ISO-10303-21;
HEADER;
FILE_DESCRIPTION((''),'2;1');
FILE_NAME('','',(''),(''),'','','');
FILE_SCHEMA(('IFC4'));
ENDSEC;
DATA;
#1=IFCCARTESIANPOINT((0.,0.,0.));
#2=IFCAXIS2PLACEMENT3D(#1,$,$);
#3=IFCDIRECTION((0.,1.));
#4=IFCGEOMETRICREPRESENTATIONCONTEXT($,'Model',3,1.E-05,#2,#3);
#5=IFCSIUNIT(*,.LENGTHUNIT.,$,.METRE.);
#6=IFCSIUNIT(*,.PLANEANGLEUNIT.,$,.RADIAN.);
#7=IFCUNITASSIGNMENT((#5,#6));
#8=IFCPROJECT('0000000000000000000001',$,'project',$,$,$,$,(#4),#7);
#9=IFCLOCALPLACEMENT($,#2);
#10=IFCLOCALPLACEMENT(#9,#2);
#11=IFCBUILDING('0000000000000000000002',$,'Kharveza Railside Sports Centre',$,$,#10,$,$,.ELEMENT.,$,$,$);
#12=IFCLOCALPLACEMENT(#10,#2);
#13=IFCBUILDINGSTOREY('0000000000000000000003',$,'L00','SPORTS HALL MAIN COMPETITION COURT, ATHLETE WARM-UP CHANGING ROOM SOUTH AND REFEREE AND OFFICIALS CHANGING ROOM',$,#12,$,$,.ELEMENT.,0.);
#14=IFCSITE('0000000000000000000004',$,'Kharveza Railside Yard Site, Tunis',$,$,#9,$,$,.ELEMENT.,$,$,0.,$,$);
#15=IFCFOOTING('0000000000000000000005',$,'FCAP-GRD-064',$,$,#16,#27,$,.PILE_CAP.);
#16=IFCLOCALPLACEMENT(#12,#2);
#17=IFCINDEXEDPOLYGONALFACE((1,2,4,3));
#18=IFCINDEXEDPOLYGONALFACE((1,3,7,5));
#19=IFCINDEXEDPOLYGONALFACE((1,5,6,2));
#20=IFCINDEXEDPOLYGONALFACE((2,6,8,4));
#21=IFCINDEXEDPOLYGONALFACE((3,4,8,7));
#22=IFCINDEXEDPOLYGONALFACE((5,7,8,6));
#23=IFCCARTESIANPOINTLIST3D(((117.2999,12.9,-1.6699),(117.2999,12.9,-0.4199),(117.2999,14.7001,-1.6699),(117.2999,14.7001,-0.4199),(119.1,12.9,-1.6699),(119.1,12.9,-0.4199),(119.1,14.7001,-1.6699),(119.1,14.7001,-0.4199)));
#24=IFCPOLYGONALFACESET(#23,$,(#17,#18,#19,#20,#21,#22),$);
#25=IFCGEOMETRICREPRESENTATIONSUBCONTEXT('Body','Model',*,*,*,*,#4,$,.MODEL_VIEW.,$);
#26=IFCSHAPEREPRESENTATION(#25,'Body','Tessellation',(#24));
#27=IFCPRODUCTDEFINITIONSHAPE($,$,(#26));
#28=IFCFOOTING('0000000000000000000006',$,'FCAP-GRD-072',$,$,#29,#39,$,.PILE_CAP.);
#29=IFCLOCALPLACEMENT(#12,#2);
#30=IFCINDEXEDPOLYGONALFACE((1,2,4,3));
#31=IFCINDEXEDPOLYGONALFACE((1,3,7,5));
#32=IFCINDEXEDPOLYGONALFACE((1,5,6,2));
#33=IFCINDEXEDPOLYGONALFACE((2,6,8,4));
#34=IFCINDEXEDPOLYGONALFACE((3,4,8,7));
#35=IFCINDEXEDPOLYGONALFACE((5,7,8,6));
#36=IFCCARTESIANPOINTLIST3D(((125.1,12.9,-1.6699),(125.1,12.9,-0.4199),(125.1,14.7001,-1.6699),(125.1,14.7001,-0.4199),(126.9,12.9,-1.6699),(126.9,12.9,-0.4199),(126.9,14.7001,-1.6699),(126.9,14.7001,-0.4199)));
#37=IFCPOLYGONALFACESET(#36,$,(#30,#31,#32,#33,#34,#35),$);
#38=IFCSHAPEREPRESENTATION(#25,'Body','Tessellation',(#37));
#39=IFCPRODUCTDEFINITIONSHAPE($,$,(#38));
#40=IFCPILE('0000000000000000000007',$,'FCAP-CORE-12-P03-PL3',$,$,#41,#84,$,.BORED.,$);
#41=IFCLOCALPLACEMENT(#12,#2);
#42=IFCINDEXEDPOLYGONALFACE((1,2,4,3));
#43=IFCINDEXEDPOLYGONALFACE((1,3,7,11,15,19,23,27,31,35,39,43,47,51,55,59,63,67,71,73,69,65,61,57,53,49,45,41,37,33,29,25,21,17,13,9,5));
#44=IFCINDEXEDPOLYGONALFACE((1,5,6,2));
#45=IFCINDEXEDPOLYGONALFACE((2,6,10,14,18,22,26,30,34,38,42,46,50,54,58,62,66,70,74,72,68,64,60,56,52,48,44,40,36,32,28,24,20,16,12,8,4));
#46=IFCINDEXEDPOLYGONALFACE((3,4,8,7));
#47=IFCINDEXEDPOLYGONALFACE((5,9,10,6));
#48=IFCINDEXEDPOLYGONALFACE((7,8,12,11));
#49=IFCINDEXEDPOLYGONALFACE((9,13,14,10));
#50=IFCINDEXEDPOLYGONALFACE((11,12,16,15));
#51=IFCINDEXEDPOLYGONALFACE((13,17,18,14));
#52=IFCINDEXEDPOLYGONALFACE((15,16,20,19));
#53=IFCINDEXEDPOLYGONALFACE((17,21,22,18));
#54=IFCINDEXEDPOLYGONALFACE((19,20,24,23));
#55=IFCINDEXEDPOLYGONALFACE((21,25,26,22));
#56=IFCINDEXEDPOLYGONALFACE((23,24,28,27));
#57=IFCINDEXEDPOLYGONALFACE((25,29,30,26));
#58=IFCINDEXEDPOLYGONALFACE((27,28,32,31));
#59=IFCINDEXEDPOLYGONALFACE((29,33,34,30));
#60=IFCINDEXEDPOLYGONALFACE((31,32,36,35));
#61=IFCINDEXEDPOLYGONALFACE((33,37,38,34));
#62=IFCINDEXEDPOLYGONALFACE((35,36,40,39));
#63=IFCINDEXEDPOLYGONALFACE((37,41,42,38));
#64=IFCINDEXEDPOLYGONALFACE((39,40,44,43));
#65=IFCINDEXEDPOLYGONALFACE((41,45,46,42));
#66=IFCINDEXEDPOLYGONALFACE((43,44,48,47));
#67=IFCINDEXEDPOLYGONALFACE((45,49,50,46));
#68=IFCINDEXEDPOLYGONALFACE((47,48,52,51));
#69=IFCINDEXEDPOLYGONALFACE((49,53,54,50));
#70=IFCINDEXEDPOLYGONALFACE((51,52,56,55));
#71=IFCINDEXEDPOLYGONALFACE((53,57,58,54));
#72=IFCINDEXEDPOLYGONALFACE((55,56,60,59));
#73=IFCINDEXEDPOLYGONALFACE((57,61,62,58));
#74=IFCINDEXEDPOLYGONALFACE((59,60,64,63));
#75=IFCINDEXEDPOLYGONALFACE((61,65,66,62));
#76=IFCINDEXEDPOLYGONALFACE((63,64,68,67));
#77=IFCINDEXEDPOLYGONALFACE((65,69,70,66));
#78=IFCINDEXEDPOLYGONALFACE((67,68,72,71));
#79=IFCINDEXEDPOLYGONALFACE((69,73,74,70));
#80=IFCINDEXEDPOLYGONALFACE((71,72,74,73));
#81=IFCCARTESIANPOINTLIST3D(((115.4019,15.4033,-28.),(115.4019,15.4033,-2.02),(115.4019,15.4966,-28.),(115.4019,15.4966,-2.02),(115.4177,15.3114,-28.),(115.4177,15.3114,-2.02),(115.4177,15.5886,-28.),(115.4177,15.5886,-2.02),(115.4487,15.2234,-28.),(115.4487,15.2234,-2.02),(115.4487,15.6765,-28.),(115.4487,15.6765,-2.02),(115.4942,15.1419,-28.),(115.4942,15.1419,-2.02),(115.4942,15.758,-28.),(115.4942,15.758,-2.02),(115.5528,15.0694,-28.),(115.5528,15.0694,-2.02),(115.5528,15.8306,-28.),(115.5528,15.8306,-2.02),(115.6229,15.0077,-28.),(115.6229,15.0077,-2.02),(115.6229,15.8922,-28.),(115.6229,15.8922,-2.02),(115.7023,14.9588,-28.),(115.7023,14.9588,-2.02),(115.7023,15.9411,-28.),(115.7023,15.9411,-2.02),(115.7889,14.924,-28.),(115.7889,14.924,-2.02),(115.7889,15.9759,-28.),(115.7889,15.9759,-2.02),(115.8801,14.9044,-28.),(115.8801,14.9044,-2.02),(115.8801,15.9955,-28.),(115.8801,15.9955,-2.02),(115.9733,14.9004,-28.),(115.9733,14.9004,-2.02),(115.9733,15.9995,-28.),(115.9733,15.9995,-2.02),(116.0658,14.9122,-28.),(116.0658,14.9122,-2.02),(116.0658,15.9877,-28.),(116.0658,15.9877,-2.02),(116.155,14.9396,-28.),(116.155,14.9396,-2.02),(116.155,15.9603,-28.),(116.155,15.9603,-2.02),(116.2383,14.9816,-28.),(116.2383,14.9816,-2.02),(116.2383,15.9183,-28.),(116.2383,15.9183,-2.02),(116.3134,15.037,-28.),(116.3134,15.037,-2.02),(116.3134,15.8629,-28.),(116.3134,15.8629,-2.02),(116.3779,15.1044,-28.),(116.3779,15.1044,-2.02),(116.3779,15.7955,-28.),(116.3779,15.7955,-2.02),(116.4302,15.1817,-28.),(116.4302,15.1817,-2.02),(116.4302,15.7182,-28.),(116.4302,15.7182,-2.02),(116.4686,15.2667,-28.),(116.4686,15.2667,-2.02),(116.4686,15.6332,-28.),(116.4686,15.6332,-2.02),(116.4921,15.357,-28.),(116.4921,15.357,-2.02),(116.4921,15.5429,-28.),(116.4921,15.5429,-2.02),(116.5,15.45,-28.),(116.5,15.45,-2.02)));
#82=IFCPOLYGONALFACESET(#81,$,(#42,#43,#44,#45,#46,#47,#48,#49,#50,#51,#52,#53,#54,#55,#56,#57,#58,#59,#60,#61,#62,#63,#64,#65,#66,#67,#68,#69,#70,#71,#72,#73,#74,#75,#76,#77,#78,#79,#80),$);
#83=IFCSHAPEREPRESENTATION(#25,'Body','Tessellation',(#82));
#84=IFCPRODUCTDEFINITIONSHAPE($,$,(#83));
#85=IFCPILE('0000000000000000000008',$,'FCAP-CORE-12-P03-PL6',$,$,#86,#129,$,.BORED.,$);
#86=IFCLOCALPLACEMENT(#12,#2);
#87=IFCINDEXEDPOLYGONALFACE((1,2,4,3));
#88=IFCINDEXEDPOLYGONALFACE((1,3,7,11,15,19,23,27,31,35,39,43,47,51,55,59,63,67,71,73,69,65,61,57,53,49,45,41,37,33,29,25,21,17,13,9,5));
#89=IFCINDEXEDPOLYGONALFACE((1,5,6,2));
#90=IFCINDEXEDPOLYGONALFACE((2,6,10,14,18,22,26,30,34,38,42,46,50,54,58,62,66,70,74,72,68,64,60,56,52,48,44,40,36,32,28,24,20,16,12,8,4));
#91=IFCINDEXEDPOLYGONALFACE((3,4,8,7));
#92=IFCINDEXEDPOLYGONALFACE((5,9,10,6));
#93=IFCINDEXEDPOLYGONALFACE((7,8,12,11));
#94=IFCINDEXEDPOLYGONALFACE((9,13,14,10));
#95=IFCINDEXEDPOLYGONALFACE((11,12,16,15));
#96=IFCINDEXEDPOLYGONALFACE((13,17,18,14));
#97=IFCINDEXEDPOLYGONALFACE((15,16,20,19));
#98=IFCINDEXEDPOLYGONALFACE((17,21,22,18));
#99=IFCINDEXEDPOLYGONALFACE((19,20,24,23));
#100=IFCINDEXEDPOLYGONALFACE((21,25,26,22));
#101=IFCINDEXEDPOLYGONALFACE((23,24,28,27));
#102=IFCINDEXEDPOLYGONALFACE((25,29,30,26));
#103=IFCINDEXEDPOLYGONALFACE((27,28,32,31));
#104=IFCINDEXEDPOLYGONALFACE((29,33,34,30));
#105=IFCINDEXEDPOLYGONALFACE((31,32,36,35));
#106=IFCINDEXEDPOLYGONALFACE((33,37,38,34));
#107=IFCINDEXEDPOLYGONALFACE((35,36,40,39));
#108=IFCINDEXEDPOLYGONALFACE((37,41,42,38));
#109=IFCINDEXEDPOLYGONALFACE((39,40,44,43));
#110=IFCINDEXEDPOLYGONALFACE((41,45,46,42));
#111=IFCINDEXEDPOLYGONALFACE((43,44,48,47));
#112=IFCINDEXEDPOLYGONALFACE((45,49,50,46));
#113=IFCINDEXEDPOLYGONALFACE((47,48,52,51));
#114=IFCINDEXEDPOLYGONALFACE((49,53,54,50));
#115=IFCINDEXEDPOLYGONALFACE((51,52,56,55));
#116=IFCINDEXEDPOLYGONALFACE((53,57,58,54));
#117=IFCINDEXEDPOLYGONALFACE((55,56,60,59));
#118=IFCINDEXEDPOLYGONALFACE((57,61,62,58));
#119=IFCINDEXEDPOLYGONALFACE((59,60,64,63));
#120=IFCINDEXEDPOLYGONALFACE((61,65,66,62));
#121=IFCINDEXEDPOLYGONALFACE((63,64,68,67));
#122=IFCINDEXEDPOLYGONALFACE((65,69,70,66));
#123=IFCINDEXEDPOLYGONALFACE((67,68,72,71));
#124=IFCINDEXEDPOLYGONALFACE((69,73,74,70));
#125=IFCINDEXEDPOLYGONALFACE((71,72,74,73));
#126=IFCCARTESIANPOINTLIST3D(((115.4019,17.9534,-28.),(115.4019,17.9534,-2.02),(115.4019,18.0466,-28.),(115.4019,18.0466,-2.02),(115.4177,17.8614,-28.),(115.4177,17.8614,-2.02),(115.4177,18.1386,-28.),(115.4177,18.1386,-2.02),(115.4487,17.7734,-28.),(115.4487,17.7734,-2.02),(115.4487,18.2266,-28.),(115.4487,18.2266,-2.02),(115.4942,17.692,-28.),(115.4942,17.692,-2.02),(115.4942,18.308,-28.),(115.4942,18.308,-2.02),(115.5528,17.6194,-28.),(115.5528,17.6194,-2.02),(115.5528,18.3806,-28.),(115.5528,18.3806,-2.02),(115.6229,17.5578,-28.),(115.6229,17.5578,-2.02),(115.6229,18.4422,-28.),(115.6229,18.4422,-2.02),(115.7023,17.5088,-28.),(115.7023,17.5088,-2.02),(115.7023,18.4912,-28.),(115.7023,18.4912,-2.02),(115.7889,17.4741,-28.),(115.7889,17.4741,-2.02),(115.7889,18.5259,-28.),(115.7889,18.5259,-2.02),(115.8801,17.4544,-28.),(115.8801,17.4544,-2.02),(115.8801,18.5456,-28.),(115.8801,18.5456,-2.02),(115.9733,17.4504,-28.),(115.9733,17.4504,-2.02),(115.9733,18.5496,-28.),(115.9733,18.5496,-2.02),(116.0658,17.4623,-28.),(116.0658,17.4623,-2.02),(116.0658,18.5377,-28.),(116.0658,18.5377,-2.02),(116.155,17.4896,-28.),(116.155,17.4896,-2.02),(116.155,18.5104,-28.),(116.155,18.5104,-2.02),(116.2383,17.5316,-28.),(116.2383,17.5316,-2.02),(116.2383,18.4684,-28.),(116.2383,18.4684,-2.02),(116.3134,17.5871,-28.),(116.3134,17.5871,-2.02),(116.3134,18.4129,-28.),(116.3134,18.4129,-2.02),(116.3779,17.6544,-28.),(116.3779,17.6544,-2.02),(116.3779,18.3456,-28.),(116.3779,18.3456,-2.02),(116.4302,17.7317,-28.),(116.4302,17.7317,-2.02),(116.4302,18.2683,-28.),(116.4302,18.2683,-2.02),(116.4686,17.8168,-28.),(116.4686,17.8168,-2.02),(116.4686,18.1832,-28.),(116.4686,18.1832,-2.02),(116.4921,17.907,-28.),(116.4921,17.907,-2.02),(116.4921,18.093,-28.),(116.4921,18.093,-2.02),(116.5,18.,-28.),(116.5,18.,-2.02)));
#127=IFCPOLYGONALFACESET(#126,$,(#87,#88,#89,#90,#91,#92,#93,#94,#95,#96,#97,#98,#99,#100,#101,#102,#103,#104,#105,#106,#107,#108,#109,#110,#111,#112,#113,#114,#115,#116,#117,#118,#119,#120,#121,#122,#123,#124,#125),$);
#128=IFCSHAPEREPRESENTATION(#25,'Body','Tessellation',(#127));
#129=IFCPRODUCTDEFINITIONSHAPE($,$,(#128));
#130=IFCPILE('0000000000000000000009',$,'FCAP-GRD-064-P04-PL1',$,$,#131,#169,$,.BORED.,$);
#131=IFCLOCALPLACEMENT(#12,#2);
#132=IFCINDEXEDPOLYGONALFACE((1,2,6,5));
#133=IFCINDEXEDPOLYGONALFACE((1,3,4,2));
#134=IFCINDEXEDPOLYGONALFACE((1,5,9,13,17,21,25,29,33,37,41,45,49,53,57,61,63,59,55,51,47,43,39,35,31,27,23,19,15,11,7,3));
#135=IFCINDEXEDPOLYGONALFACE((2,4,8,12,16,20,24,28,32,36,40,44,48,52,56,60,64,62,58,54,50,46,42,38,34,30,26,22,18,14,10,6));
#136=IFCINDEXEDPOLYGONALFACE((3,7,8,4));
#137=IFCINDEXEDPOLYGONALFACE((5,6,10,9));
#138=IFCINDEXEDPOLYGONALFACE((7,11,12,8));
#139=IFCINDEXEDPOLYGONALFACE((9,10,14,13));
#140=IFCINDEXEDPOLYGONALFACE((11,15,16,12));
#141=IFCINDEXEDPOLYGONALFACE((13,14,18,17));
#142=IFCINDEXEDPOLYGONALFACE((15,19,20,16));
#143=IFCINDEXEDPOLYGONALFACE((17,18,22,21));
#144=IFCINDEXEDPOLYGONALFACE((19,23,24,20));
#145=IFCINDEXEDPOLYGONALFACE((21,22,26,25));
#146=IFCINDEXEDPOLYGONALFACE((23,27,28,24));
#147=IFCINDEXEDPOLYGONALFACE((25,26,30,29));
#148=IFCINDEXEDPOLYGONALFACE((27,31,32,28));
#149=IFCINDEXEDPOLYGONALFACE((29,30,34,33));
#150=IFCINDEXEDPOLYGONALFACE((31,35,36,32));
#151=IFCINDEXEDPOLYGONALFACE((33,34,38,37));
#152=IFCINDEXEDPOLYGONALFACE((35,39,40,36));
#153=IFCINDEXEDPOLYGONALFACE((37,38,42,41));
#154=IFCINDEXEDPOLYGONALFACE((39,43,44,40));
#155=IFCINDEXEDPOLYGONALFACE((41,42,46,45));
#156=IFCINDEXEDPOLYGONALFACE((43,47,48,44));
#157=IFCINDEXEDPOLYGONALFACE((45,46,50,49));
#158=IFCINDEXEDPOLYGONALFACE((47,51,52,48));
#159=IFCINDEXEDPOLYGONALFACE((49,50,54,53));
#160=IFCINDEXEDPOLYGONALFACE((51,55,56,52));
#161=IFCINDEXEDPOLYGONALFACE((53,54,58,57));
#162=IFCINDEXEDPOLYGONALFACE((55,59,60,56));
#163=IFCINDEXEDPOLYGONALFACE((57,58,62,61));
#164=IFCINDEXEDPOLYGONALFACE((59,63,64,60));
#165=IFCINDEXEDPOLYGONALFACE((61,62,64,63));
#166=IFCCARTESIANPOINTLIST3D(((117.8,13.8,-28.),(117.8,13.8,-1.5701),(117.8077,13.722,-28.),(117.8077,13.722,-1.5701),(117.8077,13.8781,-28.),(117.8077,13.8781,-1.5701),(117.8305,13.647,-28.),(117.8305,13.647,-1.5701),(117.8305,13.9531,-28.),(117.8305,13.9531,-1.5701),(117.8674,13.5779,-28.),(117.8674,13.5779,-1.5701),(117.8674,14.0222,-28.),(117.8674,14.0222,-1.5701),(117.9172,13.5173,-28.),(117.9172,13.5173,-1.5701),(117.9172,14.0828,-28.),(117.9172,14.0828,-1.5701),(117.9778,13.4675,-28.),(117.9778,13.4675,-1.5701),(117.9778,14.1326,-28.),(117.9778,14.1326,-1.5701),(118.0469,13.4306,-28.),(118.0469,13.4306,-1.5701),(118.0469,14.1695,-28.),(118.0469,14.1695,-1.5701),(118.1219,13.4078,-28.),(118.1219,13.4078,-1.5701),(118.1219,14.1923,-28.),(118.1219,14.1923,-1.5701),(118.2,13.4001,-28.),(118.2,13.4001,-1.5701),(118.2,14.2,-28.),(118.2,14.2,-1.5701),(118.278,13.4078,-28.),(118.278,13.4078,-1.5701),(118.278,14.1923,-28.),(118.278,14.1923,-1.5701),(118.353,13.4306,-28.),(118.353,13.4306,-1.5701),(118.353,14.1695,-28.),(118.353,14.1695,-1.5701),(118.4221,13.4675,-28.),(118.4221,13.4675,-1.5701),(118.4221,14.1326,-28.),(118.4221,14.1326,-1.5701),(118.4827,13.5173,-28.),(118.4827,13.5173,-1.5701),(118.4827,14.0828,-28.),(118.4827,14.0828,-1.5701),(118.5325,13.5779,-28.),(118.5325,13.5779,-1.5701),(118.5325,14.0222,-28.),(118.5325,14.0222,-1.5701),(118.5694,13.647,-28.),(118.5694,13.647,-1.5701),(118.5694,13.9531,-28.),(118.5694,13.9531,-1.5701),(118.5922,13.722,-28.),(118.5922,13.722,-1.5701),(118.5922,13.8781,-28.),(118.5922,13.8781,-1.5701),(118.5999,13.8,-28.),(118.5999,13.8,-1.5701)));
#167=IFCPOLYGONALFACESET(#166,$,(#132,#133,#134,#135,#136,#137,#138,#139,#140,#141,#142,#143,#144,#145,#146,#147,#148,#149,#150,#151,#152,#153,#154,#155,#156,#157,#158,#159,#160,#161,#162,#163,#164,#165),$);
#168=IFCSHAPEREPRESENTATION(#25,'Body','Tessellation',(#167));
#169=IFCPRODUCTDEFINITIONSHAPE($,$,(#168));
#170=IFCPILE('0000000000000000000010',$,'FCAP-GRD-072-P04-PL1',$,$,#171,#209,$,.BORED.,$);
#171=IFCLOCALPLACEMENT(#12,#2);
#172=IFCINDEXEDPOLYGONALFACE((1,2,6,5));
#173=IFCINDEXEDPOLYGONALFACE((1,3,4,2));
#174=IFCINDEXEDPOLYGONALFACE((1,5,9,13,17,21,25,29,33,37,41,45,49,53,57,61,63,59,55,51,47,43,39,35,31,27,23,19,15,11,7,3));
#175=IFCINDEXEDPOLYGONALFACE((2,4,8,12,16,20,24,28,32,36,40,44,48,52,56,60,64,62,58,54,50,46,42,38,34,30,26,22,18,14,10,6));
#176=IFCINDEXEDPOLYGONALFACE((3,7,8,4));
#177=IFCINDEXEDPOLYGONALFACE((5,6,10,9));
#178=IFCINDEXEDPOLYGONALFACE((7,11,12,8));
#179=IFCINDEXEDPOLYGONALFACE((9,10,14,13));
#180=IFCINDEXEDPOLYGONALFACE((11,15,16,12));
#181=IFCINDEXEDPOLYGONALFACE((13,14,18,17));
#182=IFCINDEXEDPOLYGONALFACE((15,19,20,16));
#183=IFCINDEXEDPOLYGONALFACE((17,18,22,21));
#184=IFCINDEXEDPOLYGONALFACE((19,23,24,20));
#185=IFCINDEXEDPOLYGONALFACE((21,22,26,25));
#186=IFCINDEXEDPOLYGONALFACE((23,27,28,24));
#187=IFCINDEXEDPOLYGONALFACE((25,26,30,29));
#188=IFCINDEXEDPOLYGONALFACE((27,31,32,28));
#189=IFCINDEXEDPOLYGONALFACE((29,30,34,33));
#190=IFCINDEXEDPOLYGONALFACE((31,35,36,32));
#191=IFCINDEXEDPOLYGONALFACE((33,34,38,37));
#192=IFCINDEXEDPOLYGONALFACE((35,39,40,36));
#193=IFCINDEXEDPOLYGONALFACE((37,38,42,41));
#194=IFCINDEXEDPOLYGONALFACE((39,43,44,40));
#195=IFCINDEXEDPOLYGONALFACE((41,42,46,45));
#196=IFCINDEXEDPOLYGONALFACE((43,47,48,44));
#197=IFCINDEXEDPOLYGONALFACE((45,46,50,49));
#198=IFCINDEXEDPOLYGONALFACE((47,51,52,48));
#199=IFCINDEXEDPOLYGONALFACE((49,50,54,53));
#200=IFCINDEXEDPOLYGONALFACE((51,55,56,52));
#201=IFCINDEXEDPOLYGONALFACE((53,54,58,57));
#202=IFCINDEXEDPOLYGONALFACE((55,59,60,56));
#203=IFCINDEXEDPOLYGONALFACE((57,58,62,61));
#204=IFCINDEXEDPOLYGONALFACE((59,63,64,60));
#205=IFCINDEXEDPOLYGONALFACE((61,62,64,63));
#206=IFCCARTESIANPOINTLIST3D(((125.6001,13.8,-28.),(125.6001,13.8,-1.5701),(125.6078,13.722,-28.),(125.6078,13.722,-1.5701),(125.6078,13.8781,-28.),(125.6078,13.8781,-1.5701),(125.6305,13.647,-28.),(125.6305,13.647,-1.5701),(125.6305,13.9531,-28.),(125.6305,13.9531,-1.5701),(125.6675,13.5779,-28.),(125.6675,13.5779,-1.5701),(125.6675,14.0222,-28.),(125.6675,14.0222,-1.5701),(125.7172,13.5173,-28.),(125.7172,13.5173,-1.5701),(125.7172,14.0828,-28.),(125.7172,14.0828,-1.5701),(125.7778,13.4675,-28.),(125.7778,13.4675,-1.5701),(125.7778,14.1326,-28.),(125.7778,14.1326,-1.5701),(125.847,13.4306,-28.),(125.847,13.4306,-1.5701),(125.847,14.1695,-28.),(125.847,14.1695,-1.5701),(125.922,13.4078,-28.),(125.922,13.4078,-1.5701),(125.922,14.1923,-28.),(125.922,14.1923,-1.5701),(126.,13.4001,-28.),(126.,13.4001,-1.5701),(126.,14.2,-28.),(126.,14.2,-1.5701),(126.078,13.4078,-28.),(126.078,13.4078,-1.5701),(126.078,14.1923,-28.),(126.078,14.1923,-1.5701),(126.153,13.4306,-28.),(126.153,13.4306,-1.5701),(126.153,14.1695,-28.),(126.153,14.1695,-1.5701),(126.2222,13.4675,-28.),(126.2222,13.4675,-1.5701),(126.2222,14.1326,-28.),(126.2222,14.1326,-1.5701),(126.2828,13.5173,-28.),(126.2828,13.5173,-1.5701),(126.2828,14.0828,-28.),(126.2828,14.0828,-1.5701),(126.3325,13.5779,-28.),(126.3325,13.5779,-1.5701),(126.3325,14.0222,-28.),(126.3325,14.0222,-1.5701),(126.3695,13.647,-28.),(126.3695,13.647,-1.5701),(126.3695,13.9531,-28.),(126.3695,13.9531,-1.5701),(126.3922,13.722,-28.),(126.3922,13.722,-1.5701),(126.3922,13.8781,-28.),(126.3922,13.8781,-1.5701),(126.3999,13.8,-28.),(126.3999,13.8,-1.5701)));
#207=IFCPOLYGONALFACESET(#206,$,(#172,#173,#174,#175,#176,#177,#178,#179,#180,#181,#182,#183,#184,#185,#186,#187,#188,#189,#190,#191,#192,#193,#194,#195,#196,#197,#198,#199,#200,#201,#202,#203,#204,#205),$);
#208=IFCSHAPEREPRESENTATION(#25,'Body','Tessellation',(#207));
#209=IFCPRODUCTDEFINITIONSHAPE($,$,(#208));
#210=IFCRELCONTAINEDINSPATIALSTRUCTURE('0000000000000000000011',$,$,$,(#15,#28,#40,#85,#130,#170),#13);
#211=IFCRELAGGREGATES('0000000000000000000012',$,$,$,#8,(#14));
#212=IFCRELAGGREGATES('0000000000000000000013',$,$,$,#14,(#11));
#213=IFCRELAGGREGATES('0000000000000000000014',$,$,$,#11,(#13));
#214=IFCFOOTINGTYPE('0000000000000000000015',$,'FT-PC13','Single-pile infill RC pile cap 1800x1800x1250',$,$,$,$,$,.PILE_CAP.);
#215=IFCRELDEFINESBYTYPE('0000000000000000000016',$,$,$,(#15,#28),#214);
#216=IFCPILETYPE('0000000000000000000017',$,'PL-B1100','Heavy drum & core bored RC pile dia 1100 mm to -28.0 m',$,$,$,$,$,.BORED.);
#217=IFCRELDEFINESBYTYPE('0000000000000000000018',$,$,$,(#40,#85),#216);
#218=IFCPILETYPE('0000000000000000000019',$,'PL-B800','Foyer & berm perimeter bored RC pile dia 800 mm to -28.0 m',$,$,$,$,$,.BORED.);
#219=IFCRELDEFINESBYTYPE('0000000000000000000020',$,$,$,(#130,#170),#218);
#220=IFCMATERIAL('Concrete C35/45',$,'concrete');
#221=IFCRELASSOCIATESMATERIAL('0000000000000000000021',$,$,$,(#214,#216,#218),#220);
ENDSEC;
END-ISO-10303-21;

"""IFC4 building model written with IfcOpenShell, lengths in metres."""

from ifc_helpers import new_model, si_unit, direction, frame, origin, origin_2d, place, context, subcontext, project, spatial, rectangle, circle, extrude, material, material_profile, profile_set, type_object, element, save


model = new_model("IFC4")

# Units and contexts
model_context = context("Model", 3, precision=1e-05, world=origin(), true_north=direction((0.0, 1.0)))
body_context = subcontext(model_context, "Body", "Model", "MODEL_VIEW")
ifc_project = project(units=[si_unit("LENGTHUNIT", "METRE"), si_unit("PLANEANGLEUNIT", "RADIAN")], contexts=[model_context])

# Site, building, storey
site_placement = place(None, origin())
site = spatial("IfcSite", under=ifc_project, at=site_placement, Name="Kharveza Railside Yard Site, Tunis", CompositionType="ELEMENT", RefElevation=0.0)
building_placement = place(site_placement, origin())
building = spatial("IfcBuilding", under=site, at=building_placement, Name="Kharveza Railside Sports Centre", CompositionType="ELEMENT")
storey_placement = place(building_placement, origin())
storey = spatial("IfcBuildingStorey", under=building, at=storey_placement, Name="L00", Description="SPORTS HALL MAIN COMPETITION COURT, ATHLETE WARM-UP CHANGING ROOM SOUTH AND REFEREE AND OFFICIALS CHANGING ROOM", CompositionType="ELEMENT", Elevation=0.0)

# Footings
ifc_material_1 = material(Name="Concrete C35/45", Category="concrete")
footing_type = type_object("IfcFootingType", Name="FT-PC13", Description="Single-pile infill RC pile cap 1800x1800x1250", PredefinedType="PILE_CAP", material=ifc_material_1)
for number, where, z_axis, x_axis, name in (
    (1, (118.2, 13.8, -1.6699), (0.0, 0.0, 1.0), (1.0, 0.0, 0.0), "FCAP-GRD-064"),
    (2, (126.0, 13.8, -1.6699), (0.0, 0.0, 1.0), (1.0, 0.0, 0.0), "FCAP-GRD-072"),
):
    element("IfcFooting", number, at=place(storey_placement, frame(where, z_axis=z_axis, x_axis=x_axis)), inside=storey, type_object=footing_type, Name=name, PredefinedType="PILE_CAP", context=body_context, shape_type="SweptSolid", body=[
        extrude(rectangle(XDim=1.8, YDim=1.8, at=origin_2d()), origin(), (0.0, 0.0, 1.0), 1.25),
    ])

# Piles
ifc_material_profile_1 = material_profile(ifc_material_1, circle(Radius=0.55, at=origin_2d()), Name="PILE D1100")
ifc_profile_set_1 = profile_set([ifc_material_profile_1], Name="Concrete C35/45")
pile_type_1 = type_object("IfcPileType", Name="PL-B1100", Description="Heavy drum & core bored RC pile dia 1100 mm to -28.0 m", PredefinedType="BORED", material=ifc_profile_set_1)
for number, where, z_axis, x_axis, name in (
    (3, (115.95, 15.45, -2.02), (0.0, 0.0, -1.0), (1.0, 0.0, 0.0), "FCAP-CORE-12-P03-PL3"),
    (4, (115.95, 18.0, -2.02), (0.0, 0.0, -1.0), (1.0, 0.0, 0.0), "FCAP-CORE-12-P03-PL6"),
):
    element("IfcPile", number, at=place(storey_placement, frame(where, z_axis=z_axis, x_axis=x_axis)), inside=storey, type_object=pile_type_1, Name=name, PredefinedType="BORED", context=body_context, shape_type="SweptSolid", body=[
        extrude(circle(Radius=0.55, at=origin_2d()), origin(), (0.0, 0.0, 1.0), 25.98),
    ])
ifc_material_profile_2 = material_profile(ifc_material_1, circle(Radius=0.3999, at=origin_2d()), Name="PILE D800")
ifc_profile_set_2 = profile_set([ifc_material_profile_2], Name="Concrete C35/45")
pile_type_2 = type_object("IfcPileType", Name="PL-B800", Description="Foyer & berm perimeter bored RC pile dia 800 mm to -28.0 m", PredefinedType="BORED", material=ifc_profile_set_2)
for number, where, z_axis, x_axis, name in (
    (5, (118.2, 13.8, -1.5701), (0.0, 0.0, -1.0), (1.0, 0.0, 0.0), "FCAP-GRD-064-P04-PL1"),
    (6, (126.0, 13.8, -1.5701), (0.0, 0.0, -1.0), (1.0, 0.0, 0.0), "FCAP-GRD-072-P04-PL1"),
):
    element("IfcPile", number, at=place(storey_placement, frame(where, z_axis=z_axis, x_axis=x_axis)), inside=storey, type_object=pile_type_2, Name=name, PredefinedType="BORED", context=body_context, shape_type="SweptSolid", body=[
        extrude(circle(Radius=0.3999, at=origin_2d()), origin(), (0.0, 0.0, 1.0), 26.4299),
    ])

save(model, "model.ifc")
